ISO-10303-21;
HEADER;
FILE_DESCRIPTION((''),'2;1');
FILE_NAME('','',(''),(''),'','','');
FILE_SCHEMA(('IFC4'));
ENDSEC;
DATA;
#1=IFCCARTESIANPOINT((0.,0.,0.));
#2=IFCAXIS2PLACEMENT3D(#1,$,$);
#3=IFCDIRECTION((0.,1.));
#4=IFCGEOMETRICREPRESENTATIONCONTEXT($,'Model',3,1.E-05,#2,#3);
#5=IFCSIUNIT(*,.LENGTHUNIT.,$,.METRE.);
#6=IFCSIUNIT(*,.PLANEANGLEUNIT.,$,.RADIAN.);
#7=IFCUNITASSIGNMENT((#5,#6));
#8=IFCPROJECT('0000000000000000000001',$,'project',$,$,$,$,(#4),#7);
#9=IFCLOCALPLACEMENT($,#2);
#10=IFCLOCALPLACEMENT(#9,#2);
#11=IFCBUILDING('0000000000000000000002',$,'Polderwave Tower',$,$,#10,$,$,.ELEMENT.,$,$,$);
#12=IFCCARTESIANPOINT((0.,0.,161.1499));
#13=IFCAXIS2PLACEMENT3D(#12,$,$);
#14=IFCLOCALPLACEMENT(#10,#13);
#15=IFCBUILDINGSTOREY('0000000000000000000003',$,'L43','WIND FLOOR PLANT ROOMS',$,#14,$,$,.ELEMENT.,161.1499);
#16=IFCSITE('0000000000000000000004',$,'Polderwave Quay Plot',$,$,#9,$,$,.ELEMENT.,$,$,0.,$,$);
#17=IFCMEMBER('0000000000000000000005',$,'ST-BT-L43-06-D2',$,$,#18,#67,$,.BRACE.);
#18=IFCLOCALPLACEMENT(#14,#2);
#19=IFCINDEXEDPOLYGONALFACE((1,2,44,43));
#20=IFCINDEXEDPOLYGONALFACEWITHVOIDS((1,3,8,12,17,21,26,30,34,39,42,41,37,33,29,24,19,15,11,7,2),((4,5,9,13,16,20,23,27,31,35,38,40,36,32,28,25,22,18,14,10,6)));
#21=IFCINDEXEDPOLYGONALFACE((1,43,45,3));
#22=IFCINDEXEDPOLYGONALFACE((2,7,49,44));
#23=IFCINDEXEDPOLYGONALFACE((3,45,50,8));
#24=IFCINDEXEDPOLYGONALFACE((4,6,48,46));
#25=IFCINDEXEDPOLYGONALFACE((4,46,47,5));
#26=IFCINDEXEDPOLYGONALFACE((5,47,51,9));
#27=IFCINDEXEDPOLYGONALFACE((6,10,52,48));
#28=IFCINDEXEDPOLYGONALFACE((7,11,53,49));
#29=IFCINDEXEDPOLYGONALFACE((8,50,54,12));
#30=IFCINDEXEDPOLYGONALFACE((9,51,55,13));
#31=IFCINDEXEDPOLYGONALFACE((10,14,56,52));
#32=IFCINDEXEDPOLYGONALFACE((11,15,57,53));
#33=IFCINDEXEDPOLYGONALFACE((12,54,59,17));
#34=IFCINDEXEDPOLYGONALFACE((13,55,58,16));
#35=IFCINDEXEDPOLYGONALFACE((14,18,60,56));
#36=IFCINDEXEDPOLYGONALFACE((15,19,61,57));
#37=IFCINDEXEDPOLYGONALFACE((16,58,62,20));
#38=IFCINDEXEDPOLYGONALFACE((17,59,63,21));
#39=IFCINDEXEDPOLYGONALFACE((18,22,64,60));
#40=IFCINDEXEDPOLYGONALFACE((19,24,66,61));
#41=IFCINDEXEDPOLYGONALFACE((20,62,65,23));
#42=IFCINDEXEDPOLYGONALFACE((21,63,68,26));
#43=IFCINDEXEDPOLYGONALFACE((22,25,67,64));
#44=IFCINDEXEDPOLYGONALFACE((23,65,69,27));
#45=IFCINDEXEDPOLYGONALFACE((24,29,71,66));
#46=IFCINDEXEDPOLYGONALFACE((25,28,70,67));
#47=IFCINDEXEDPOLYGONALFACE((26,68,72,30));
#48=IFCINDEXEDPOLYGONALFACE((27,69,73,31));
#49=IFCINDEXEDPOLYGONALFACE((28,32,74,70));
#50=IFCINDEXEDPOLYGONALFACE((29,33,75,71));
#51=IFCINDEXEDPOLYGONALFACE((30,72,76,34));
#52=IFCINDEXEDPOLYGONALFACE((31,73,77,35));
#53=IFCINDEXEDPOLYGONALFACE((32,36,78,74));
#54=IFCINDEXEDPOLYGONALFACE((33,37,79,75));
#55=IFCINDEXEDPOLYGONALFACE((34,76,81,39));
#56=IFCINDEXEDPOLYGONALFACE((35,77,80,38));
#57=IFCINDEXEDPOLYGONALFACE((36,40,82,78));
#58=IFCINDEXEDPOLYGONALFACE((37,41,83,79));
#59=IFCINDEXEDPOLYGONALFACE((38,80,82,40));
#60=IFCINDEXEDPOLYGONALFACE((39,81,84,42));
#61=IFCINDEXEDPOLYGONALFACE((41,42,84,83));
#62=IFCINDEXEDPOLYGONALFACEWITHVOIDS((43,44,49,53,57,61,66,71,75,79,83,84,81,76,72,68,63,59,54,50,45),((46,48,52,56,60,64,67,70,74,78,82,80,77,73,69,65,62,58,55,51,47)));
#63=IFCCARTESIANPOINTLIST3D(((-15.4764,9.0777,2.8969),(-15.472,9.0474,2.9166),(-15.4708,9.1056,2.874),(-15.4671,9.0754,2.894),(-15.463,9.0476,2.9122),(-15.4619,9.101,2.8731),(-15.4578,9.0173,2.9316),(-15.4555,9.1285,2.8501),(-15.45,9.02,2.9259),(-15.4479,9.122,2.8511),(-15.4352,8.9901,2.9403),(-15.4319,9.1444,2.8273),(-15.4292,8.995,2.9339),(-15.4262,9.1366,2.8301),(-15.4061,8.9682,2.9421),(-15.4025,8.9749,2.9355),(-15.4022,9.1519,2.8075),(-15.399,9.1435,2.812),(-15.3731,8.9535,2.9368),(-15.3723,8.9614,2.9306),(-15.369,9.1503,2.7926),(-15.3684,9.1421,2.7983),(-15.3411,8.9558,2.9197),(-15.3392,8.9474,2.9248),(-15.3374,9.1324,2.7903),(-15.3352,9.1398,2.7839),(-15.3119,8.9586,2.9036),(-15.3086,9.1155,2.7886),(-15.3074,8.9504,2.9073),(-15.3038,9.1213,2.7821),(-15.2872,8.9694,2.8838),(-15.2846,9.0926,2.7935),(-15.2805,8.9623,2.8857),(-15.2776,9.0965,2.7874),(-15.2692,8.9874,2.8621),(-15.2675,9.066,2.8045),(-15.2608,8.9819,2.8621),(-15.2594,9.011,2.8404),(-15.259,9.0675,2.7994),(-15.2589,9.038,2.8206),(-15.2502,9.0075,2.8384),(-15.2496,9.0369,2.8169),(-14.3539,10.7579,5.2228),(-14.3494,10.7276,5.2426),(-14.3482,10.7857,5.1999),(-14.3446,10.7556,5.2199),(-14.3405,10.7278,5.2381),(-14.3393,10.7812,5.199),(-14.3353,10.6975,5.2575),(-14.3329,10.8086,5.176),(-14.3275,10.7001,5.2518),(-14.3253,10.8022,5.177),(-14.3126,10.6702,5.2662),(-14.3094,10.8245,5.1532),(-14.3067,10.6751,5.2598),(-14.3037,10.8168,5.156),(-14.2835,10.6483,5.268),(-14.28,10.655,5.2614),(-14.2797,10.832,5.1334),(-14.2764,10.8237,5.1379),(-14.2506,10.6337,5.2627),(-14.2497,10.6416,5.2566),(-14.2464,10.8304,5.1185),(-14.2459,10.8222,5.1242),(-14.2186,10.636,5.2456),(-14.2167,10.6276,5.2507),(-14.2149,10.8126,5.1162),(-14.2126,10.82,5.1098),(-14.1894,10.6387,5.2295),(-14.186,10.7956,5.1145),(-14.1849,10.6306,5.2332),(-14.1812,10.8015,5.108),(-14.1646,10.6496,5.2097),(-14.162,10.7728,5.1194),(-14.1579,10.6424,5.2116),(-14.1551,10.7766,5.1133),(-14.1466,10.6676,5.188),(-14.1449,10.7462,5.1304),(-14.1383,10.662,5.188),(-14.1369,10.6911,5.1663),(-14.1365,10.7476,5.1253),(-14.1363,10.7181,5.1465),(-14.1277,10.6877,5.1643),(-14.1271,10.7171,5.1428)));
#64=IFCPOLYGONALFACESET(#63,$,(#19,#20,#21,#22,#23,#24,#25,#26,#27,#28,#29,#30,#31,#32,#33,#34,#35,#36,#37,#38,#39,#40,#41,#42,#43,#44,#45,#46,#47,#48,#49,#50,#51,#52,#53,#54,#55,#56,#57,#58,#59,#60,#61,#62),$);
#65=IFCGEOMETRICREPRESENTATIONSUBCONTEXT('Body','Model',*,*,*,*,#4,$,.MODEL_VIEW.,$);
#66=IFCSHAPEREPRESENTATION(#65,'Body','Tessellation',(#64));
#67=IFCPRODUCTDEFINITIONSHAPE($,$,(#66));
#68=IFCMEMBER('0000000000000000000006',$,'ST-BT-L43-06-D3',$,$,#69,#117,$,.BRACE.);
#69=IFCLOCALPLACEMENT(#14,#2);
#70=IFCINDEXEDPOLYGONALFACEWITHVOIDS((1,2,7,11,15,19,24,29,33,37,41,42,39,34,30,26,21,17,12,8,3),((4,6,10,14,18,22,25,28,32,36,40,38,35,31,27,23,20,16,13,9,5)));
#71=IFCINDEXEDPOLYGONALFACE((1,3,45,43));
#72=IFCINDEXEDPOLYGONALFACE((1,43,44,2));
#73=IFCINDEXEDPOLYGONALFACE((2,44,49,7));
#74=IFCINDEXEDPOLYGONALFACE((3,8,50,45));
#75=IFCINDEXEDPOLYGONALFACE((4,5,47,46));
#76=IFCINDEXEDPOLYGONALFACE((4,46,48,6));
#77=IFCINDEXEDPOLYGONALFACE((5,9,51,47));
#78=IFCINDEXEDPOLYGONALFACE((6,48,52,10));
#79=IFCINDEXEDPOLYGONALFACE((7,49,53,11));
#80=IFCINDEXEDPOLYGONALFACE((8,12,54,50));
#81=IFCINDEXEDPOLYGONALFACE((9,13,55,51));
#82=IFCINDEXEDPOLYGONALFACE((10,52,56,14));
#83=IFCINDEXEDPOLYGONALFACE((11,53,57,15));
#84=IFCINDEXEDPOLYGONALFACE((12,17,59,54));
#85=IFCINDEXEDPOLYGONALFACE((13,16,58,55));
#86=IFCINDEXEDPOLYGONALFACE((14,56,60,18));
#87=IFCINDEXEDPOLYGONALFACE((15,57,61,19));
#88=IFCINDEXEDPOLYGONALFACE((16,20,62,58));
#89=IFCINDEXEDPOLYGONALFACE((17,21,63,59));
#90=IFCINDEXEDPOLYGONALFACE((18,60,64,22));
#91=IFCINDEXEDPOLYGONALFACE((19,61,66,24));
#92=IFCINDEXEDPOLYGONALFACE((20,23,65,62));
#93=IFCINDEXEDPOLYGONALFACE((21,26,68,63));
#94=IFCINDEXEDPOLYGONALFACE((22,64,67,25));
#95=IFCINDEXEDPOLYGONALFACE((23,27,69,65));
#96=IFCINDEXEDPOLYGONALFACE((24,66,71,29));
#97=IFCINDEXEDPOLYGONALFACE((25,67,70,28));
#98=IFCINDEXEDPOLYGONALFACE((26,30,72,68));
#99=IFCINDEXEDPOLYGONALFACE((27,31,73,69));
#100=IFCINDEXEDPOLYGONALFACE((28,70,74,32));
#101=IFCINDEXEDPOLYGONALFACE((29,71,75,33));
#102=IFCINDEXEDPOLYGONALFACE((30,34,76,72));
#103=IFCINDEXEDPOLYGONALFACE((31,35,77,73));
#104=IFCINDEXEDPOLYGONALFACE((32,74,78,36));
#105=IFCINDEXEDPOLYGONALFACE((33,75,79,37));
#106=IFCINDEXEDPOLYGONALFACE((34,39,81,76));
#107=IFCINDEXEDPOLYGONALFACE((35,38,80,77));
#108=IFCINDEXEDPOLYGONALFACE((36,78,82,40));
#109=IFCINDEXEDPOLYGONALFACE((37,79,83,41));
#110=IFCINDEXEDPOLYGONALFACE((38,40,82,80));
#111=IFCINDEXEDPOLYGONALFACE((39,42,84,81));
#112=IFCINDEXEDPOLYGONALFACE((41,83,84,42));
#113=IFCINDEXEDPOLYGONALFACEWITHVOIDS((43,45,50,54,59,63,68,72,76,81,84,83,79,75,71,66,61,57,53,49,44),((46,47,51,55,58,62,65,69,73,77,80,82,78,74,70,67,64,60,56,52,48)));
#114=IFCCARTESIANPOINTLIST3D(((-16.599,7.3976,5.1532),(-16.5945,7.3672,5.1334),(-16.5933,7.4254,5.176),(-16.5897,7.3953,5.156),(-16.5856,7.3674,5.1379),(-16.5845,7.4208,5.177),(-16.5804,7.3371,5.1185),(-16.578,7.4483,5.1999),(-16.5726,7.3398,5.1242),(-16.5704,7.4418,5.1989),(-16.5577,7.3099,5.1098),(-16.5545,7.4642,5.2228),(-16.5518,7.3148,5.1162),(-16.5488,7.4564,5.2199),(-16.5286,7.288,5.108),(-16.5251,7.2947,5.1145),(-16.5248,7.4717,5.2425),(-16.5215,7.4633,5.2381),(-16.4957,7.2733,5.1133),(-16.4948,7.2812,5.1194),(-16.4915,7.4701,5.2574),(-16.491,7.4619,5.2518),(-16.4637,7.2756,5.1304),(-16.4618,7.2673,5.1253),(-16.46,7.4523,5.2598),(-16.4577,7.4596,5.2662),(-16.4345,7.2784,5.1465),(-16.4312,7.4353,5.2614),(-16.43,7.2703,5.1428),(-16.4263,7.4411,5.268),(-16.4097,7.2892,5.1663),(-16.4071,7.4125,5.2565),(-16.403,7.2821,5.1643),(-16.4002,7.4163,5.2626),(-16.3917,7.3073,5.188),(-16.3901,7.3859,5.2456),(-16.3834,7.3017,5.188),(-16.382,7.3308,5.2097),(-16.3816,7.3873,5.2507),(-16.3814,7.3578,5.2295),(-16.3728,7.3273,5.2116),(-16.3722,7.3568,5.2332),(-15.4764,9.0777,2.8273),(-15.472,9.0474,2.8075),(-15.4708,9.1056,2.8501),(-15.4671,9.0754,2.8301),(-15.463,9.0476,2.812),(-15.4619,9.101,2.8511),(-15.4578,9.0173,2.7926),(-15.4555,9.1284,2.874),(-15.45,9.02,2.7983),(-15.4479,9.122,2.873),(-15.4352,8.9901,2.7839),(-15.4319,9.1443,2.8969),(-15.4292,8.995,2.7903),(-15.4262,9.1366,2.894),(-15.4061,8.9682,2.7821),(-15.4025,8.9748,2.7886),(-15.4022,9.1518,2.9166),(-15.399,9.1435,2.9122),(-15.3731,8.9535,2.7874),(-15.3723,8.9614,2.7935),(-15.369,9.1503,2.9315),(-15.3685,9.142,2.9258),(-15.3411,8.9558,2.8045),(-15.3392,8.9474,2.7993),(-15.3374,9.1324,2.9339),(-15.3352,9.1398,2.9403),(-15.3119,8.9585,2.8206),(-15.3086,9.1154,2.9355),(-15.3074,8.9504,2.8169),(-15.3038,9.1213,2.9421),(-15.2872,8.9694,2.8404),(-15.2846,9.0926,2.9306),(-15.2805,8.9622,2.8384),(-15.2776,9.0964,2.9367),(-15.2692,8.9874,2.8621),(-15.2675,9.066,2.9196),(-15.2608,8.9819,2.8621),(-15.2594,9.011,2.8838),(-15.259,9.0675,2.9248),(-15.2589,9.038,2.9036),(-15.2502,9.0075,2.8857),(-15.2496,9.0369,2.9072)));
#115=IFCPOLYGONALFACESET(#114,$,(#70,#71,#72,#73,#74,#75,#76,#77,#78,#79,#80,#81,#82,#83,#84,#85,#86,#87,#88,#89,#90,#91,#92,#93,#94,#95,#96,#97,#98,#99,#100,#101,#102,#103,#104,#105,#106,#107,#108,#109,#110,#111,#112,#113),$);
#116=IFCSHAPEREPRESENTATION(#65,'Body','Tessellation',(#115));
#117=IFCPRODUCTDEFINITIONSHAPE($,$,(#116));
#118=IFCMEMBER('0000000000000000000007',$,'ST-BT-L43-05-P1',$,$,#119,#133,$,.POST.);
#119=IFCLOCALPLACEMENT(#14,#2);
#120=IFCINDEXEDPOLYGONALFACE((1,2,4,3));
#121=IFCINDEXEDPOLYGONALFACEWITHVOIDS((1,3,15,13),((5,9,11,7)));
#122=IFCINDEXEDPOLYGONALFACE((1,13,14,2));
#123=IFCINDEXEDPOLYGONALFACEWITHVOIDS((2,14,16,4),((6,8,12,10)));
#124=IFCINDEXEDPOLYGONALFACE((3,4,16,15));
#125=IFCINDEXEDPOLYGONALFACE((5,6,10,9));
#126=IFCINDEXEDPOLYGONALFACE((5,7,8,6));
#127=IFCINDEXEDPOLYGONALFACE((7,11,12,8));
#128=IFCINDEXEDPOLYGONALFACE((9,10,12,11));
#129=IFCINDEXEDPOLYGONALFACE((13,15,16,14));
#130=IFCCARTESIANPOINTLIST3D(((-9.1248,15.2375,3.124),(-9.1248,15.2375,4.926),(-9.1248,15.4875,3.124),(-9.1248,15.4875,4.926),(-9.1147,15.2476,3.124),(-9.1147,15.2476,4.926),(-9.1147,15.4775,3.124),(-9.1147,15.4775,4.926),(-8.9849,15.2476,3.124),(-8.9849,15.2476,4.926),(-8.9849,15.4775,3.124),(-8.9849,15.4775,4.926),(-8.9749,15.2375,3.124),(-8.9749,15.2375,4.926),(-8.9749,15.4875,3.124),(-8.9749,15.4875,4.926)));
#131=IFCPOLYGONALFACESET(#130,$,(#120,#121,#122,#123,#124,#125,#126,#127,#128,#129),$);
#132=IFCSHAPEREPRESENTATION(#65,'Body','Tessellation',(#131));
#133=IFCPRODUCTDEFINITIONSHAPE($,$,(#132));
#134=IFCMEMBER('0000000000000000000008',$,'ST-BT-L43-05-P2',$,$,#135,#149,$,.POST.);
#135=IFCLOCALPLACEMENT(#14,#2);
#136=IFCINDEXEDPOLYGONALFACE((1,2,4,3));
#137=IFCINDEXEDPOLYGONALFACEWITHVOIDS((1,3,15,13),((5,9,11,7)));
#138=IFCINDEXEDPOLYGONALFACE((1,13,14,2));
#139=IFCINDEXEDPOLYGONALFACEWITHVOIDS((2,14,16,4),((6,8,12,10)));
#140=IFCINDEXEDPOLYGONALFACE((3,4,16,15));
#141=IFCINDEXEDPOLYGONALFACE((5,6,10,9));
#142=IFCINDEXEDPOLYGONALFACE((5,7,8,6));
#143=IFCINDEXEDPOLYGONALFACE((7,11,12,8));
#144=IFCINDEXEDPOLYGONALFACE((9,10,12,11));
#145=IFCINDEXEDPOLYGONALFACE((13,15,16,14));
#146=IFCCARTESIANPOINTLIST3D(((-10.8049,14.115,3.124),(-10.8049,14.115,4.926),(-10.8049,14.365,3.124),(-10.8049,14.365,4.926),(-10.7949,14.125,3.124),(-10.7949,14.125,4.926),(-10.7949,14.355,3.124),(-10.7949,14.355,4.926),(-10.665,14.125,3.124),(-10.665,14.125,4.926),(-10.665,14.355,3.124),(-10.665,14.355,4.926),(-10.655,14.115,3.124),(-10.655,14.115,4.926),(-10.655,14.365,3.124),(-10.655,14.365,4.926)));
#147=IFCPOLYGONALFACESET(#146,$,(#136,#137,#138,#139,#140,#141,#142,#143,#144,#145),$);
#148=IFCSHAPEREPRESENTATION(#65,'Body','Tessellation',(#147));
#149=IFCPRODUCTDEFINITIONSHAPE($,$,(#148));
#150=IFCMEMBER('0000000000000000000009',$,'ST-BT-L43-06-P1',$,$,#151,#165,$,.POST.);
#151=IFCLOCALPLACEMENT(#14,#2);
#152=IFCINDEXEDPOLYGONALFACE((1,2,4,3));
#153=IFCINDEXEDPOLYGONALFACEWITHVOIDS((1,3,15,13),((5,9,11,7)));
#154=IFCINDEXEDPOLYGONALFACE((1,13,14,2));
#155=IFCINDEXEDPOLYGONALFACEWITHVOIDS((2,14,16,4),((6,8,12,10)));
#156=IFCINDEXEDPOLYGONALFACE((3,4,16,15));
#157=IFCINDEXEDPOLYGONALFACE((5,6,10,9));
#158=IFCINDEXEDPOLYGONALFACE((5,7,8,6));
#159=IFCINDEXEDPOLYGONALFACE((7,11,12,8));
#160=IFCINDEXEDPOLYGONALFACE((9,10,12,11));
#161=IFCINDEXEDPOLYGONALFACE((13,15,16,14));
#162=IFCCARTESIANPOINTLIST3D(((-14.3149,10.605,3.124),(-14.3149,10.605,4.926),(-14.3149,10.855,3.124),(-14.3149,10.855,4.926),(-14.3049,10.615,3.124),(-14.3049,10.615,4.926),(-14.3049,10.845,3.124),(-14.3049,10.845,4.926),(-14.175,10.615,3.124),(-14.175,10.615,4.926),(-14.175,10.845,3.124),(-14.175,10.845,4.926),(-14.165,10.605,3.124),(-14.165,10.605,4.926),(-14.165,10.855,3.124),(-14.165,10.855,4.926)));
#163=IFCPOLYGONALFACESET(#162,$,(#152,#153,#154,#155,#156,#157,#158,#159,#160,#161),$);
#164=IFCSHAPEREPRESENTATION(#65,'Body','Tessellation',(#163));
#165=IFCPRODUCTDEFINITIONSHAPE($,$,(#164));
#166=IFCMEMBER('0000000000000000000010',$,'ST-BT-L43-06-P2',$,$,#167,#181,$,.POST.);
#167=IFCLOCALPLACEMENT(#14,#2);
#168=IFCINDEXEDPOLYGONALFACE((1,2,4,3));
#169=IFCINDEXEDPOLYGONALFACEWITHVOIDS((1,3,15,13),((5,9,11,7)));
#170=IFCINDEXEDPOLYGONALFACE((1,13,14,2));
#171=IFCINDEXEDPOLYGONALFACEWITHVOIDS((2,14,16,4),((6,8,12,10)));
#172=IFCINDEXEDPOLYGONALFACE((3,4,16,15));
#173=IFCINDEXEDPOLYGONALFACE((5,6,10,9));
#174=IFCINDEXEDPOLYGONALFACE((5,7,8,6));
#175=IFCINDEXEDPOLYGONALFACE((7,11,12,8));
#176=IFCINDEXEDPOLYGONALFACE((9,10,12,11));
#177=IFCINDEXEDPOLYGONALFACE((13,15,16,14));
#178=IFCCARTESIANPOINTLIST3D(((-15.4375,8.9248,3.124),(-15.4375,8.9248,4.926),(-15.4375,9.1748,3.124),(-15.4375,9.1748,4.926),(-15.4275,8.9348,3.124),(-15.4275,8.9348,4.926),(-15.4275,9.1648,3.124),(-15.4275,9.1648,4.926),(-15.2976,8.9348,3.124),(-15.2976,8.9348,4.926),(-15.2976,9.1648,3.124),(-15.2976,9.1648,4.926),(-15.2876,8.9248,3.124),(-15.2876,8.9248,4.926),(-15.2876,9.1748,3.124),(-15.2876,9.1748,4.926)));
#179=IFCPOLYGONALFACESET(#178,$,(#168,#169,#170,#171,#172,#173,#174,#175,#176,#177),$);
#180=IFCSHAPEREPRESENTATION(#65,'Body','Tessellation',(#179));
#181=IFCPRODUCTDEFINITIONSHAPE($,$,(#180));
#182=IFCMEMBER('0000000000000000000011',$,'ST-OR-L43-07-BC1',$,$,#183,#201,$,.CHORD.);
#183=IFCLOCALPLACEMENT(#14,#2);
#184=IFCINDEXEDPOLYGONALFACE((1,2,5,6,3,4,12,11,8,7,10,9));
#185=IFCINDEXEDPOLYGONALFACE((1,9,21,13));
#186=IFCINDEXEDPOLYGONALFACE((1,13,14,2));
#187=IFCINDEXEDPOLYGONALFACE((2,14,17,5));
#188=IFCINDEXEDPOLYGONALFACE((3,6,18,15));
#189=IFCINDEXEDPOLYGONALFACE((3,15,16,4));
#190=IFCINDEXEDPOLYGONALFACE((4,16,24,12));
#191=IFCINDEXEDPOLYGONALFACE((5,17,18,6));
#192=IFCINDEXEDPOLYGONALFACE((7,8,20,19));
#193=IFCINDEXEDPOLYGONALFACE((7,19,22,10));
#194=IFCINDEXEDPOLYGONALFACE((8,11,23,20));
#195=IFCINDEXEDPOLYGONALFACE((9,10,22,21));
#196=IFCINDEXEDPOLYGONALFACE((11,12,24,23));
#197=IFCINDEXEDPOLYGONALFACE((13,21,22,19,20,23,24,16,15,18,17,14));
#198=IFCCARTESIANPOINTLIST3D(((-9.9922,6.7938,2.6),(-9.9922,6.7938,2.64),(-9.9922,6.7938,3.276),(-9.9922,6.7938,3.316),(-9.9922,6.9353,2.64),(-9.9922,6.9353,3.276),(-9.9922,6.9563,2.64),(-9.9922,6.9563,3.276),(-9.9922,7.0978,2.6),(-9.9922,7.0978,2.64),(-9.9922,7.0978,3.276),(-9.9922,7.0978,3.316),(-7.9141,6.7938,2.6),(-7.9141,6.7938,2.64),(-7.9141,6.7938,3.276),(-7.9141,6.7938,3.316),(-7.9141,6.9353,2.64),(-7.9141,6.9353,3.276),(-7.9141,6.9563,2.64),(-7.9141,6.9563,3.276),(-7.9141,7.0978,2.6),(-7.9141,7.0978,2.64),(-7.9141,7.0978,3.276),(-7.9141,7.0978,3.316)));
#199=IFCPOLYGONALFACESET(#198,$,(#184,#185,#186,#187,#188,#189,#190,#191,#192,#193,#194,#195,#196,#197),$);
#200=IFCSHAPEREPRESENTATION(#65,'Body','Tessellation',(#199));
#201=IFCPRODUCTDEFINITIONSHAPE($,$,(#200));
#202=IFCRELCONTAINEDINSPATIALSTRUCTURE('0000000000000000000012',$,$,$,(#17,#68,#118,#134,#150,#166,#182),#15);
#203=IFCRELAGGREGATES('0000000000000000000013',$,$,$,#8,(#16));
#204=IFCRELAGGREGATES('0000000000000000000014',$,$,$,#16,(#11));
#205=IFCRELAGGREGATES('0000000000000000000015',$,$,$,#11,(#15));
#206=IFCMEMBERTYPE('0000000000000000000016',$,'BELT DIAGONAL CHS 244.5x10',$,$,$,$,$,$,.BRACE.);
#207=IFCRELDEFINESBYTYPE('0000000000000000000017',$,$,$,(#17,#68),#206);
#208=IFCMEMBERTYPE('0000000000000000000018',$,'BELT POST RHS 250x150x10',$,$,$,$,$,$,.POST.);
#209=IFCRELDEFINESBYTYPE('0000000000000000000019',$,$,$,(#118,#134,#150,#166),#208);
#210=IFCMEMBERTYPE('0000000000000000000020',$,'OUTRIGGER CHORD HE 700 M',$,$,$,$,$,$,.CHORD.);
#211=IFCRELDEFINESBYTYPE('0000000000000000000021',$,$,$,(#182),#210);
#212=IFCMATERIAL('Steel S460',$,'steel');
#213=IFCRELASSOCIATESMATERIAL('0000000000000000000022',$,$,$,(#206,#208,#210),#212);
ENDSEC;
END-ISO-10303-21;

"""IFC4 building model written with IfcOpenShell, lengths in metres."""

from ifc_helpers import new_model, si_unit, direction, frame, origin, origin_2d, place, context, subcontext, project, spatial, hollow_rectangle, hollow_circle, i_section, extrude, material, material_profile, profile_set, type_object, element, save


model = new_model("IFC4")

# Units and contexts
model_context = context("Model", 3, precision=1e-05, world=origin(), true_north=direction((0.0, 1.0)))
body_context = subcontext(model_context, "Body", "Model", "MODEL_VIEW")
ifc_project = project(units=[si_unit("LENGTHUNIT", "METRE"), si_unit("PLANEANGLEUNIT", "RADIAN")], contexts=[model_context])

# Site, building, storey
site_placement = place(None, origin())
site = spatial("IfcSite", under=ifc_project, at=site_placement, Name="Polderwave Quay Plot", CompositionType="ELEMENT", RefElevation=0.0)
building_placement = place(site_placement, origin())
building = spatial("IfcBuilding", under=site, at=building_placement, Name="Polderwave Tower", CompositionType="ELEMENT")
storey_placement = place(building_placement, frame((0.0, 0.0, 161.1499)))
storey = spatial("IfcBuildingStorey", under=building, at=storey_placement, Name="L43", Description="WIND FLOOR PLANT ROOMS", CompositionType="ELEMENT", Elevation=161.1499)

# Members
ifc_material_1 = material(Name="Steel S460", Category="steel")
ifc_material_profile_1 = material_profile(ifc_material_1, hollow_circle(Radius=0.1223, WallThickness=0.01, at=origin_2d()), Name="CHS 244.5x10")
ifc_profile_set_1 = profile_set([ifc_material_profile_1], Name="Steel S460")
member_type_1 = type_object("IfcMemberType", Name="BELT DIAGONAL CHS 244.5x10", PredefinedType="BRACE", material=ifc_profile_set_1)
for number, where, z_axis, x_axis, name in (
    (1, (-14.24, 10.73, 5.188), (-0.364339, -0.54532, -0.754906), (0.831492, -0.555536, 0.0), "ST-BT-L43-06-D2"),
    (2, (-15.3625, 9.0498, 2.8621), (-0.364339, -0.54532, 0.754906), (0.831492, -0.555536, 0.0), "ST-BT-L43-06-D3"),
):
    element("IfcMember", number, at=place(storey_placement, frame(where, z_axis=z_axis, x_axis=x_axis)), inside=storey, type_object=member_type_1, Name=name, PredefinedType="BRACE", context=body_context, shape_type="SweptSolid", body=[
        extrude(hollow_circle(Radius=0.1223, WallThickness=0.01, at=origin_2d()), origin(), (0.0, 0.0, 1.0), 3.0811),
    ])
ifc_material_profile_2 = material_profile(ifc_material_1, hollow_rectangle(XDim=0.1499, YDim=0.25, WallThickness=0.01, at=origin_2d()), Name="RHS 250x150x10")
ifc_profile_set_2 = profile_set([ifc_material_profile_2], Name="Steel S460")
member_type_2 = type_object("IfcMemberType", Name="BELT POST RHS 250x150x10", PredefinedType="POST", material=ifc_profile_set_2)
for number, where, z_axis, x_axis, name in (
    (3, (-9.0498, 15.3625, 3.124), (0.0, 0.0, 1.0), (1.0, 0.0, 0.0), "ST-BT-L43-05-P1"),
    (4, (-10.73, 14.24, 3.124), (0.0, 0.0, 1.0), (1.0, 0.0, 0.0), "ST-BT-L43-05-P2"),
    (5, (-14.24, 10.73, 3.124), (0.0, 0.0, 1.0), (1.0, 0.0, 0.0), "ST-BT-L43-06-P1"),
    (6, (-15.3625, 9.0498, 3.124), (0.0, 0.0, 1.0), (1.0, 0.0, 0.0), "ST-BT-L43-06-P2"),
):
    element("IfcMember", number, at=place(storey_placement, frame(where, z_axis=z_axis, x_axis=x_axis)), inside=storey, type_object=member_type_2, Name=name, PredefinedType="POST", context=body_context, shape_type="SweptSolid", body=[
        extrude(hollow_rectangle(XDim=0.1499, YDim=0.25, WallThickness=0.01, at=origin_2d()), origin(), (0.0, 0.0, 1.0), 1.802),
    ])
ifc_material_profile_3 = material_profile(ifc_material_1, i_section(OverallWidth=0.304, OverallDepth=0.7161, WebThickness=0.021, FlangeThickness=0.04, at=origin_2d()), Name="HE 700 M")
ifc_profile_set_3 = profile_set([ifc_material_profile_3], Name="Steel S460")
member_type_3 = type_object("IfcMemberType", Name="OUTRIGGER CHORD HE 700 M", PredefinedType="CHORD", material=ifc_profile_set_3)
member_1_placement = place(storey_placement, frame((-7.9141, 6.9458, 2.958), z_axis=(-1.0, 0.0, 0.0), x_axis=(0.0, -1.0, 0.0)))
element("IfcMember", 7, at=member_1_placement, inside=storey, type_object=member_type_3, Name="ST-OR-L43-07-BC1", PredefinedType="CHORD", context=body_context, shape_type="SweptSolid", body=[
    extrude(i_section(OverallWidth=0.304, OverallDepth=0.7161, WebThickness=0.021, FlangeThickness=0.04, at=origin_2d()), origin(), (0.0, 0.0, 1.0), 2.0781),
])

save(model, "model.ifc")
